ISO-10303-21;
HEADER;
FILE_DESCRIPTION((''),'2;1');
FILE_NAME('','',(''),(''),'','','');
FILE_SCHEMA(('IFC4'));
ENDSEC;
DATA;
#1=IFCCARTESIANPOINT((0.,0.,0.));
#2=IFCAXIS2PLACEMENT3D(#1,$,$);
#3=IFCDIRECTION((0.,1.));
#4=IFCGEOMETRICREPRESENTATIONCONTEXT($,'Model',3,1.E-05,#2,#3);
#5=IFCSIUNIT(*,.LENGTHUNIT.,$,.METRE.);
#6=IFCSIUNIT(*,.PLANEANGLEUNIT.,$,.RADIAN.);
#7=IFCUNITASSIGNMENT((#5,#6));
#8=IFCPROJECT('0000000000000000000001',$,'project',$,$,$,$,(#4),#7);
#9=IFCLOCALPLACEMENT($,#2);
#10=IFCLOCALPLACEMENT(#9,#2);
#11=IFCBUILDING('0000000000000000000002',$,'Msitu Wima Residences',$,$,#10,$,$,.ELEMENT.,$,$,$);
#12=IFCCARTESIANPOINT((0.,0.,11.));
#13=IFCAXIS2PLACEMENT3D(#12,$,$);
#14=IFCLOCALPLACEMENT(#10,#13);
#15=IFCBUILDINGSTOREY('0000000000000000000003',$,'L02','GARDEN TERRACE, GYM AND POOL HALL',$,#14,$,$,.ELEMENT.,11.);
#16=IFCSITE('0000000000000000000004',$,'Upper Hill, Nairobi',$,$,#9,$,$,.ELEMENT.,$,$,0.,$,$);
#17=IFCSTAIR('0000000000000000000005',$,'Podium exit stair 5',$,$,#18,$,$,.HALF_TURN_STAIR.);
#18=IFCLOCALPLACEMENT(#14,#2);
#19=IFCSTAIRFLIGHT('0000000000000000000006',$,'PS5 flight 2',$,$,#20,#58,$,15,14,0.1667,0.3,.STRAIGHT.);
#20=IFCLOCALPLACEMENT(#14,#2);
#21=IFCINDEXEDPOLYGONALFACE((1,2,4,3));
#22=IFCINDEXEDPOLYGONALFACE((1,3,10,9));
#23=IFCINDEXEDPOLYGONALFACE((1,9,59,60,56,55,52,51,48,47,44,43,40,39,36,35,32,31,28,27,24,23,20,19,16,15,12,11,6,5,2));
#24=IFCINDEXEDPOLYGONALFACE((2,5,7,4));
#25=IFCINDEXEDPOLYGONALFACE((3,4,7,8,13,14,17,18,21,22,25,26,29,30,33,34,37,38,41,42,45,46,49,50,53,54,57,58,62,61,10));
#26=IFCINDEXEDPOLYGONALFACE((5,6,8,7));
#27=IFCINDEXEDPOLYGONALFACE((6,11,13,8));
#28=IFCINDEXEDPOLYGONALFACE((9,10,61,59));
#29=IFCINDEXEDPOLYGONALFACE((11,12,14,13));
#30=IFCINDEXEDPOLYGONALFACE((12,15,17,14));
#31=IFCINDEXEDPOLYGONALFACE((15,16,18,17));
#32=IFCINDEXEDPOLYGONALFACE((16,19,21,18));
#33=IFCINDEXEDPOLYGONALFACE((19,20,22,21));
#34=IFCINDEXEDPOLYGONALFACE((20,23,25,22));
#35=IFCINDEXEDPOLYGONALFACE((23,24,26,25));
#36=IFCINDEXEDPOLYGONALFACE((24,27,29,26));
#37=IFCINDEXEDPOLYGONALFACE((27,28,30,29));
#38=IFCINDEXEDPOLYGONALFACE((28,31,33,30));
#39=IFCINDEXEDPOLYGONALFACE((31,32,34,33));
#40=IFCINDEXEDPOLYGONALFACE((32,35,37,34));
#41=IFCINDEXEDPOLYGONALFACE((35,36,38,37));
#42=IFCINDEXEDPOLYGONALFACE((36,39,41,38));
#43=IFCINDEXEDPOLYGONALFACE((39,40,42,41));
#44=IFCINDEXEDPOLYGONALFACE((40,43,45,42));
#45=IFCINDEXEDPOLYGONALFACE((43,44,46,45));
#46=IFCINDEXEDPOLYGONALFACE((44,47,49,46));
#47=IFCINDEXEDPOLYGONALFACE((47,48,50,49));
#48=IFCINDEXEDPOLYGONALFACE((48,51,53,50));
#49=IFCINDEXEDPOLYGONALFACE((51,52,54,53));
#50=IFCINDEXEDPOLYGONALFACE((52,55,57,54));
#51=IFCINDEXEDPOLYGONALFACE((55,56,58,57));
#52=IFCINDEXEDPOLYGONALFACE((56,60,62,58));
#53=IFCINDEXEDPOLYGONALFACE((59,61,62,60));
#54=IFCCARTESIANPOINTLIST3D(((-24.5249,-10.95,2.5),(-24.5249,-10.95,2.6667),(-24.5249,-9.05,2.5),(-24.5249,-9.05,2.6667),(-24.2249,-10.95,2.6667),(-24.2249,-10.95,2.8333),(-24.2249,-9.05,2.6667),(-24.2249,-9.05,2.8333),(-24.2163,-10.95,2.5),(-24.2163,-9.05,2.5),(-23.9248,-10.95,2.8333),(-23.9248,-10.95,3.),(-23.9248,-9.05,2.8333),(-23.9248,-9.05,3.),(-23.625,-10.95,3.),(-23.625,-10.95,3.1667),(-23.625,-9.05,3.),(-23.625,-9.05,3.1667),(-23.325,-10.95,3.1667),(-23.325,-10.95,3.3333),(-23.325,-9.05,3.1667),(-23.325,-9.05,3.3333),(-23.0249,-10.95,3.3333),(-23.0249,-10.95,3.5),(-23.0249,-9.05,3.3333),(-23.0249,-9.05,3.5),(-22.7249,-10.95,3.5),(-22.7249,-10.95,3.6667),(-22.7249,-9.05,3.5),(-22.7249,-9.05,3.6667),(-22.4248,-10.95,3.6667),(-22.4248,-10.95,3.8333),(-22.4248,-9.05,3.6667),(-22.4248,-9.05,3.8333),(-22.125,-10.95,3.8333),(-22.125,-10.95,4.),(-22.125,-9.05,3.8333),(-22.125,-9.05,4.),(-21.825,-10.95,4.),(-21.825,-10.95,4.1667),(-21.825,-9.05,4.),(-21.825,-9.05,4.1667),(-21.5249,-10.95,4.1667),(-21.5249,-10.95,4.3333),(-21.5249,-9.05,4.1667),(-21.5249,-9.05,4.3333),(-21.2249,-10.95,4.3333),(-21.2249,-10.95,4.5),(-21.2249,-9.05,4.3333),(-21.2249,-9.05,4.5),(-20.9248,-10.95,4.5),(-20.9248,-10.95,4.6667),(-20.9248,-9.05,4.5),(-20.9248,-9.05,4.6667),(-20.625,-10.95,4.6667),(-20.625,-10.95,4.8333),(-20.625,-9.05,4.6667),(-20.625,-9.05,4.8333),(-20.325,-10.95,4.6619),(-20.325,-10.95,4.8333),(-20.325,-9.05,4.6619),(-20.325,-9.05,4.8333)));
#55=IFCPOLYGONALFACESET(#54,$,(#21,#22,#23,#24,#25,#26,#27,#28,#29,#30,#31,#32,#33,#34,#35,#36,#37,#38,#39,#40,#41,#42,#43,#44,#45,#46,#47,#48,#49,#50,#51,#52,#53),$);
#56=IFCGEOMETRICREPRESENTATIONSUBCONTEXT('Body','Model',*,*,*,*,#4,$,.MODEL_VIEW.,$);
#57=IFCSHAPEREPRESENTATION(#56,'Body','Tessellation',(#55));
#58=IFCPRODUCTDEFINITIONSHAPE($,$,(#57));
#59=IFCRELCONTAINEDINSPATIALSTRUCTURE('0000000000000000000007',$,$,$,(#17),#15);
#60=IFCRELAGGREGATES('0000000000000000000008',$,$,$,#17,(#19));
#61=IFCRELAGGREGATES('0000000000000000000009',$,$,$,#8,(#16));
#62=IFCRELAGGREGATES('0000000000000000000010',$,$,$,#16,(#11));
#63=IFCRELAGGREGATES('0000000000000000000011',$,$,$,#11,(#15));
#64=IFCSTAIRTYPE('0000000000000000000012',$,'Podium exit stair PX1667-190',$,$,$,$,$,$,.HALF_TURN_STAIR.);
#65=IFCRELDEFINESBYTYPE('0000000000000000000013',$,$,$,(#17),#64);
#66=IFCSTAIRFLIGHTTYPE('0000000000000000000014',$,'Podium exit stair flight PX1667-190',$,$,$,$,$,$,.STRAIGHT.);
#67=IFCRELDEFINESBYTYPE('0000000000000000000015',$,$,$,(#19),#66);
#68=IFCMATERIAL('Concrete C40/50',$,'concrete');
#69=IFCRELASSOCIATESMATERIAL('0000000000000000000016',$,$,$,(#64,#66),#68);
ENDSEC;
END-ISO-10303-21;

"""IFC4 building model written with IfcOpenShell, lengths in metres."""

from ifc_helpers import new_model, si_unit, direction, frame, origin, place, context, subcontext, project, spatial, polyline, outline, extrude, material, type_object, element, aggregate, save


model = new_model("IFC4")

# Units and contexts
model_context = context("Model", 3, precision=1e-05, world=origin(), true_north=direction((0.0, 1.0)))
body_context = subcontext(model_context, "Body", "Model", "MODEL_VIEW")
ifc_project = project(units=[si_unit("LENGTHUNIT", "METRE"), si_unit("PLANEANGLEUNIT", "RADIAN")], contexts=[model_context])

# Site, building, storey
site_placement = place(None, origin())
site = spatial("IfcSite", under=ifc_project, at=site_placement, Name="Upper Hill, Nairobi", CompositionType="ELEMENT", RefElevation=0.0)
building_placement = place(site_placement, origin())
building = spatial("IfcBuilding", under=site, at=building_placement, Name="Msitu Wima Residences", CompositionType="ELEMENT")
storey_placement = place(building_placement, frame((0.0, 0.0, 11.0)))
storey = spatial("IfcBuildingStorey", under=building, at=storey_placement, Name="L02", Description="GARDEN TERRACE, GYM AND POOL HALL", CompositionType="ELEMENT", Elevation=11.0)

# Shared definitions
ifc_material_1 = material(Name="Concrete C40/50", Category="concrete")

# Stair, stair flight
stair_type = type_object("IfcStairType", Name="Podium exit stair PX1667-190", PredefinedType="HALF_TURN_STAIR", material=ifc_material_1)
stair_placement = place(storey_placement, origin())
stair = element("IfcStair", 1, at=stair_placement, inside=storey, type_object=stair_type, Name="Podium exit stair 5", PredefinedType="HALF_TURN_STAIR")
stair_flight_type = type_object("IfcStairFlightType", Name="Podium exit stair flight PX1667-190", PredefinedType="STRAIGHT", material=ifc_material_1)
stair_flight_1_placement = place(storey_placement, frame((-24.5249, -10.0, 2.5), z_axis=(0.0, 0.0, 1.0), x_axis=(1.0, 0.0, 0.0)))
stair_flight_1 = element("IfcStairFlight", 2, at=stair_flight_1_placement, type_object=stair_flight_type, Name="PS5 flight 2", NumberOfRisers=15, NumberOfTreads=14, PredefinedType="STRAIGHT", RiserHeight=0.1667, TreadLength=0.3, context=body_context, shape_type="SweptSolid", body=[
    extrude(outline(polyline([(0.0, 0.0), (0.0, 0.1667), (0.3, 0.1667), (0.3, 0.3333), (0.6001, 0.3333), (0.6001, 0.5), (0.8999, 0.5), (0.8999, 0.6667), (1.2, 0.6667), (1.2, 0.8333), (1.5, 0.8333), (1.5, 1.0), (1.8, 1.0), (1.8, 1.1667), (2.1001, 1.1667), (2.1001, 1.3333), (2.3999, 1.3333), (2.3999, 1.5), (2.7, 1.5), (2.7, 1.6667), (3.0, 1.6667), (3.0, 1.8333), (3.3, 1.8333), (3.3, 2.0), (3.6001, 2.0), (3.6001, 2.1667), (3.8999, 2.1667), (3.8999, 2.3333), (4.2, 2.3333), (4.2, 2.5), (4.2, 2.1619), (0.3086, 0.0), (0.0, 0.0)])), frame((0.0, 0.95, 0.0), z_axis=(0.0, -1.0, 0.0), x_axis=(1.0, 0.0, 0.0)), (0.0, 0.0, 1.0), 1.8999),
])
aggregate(stair, [stair_flight_1])

save(model, "model.ifc")
